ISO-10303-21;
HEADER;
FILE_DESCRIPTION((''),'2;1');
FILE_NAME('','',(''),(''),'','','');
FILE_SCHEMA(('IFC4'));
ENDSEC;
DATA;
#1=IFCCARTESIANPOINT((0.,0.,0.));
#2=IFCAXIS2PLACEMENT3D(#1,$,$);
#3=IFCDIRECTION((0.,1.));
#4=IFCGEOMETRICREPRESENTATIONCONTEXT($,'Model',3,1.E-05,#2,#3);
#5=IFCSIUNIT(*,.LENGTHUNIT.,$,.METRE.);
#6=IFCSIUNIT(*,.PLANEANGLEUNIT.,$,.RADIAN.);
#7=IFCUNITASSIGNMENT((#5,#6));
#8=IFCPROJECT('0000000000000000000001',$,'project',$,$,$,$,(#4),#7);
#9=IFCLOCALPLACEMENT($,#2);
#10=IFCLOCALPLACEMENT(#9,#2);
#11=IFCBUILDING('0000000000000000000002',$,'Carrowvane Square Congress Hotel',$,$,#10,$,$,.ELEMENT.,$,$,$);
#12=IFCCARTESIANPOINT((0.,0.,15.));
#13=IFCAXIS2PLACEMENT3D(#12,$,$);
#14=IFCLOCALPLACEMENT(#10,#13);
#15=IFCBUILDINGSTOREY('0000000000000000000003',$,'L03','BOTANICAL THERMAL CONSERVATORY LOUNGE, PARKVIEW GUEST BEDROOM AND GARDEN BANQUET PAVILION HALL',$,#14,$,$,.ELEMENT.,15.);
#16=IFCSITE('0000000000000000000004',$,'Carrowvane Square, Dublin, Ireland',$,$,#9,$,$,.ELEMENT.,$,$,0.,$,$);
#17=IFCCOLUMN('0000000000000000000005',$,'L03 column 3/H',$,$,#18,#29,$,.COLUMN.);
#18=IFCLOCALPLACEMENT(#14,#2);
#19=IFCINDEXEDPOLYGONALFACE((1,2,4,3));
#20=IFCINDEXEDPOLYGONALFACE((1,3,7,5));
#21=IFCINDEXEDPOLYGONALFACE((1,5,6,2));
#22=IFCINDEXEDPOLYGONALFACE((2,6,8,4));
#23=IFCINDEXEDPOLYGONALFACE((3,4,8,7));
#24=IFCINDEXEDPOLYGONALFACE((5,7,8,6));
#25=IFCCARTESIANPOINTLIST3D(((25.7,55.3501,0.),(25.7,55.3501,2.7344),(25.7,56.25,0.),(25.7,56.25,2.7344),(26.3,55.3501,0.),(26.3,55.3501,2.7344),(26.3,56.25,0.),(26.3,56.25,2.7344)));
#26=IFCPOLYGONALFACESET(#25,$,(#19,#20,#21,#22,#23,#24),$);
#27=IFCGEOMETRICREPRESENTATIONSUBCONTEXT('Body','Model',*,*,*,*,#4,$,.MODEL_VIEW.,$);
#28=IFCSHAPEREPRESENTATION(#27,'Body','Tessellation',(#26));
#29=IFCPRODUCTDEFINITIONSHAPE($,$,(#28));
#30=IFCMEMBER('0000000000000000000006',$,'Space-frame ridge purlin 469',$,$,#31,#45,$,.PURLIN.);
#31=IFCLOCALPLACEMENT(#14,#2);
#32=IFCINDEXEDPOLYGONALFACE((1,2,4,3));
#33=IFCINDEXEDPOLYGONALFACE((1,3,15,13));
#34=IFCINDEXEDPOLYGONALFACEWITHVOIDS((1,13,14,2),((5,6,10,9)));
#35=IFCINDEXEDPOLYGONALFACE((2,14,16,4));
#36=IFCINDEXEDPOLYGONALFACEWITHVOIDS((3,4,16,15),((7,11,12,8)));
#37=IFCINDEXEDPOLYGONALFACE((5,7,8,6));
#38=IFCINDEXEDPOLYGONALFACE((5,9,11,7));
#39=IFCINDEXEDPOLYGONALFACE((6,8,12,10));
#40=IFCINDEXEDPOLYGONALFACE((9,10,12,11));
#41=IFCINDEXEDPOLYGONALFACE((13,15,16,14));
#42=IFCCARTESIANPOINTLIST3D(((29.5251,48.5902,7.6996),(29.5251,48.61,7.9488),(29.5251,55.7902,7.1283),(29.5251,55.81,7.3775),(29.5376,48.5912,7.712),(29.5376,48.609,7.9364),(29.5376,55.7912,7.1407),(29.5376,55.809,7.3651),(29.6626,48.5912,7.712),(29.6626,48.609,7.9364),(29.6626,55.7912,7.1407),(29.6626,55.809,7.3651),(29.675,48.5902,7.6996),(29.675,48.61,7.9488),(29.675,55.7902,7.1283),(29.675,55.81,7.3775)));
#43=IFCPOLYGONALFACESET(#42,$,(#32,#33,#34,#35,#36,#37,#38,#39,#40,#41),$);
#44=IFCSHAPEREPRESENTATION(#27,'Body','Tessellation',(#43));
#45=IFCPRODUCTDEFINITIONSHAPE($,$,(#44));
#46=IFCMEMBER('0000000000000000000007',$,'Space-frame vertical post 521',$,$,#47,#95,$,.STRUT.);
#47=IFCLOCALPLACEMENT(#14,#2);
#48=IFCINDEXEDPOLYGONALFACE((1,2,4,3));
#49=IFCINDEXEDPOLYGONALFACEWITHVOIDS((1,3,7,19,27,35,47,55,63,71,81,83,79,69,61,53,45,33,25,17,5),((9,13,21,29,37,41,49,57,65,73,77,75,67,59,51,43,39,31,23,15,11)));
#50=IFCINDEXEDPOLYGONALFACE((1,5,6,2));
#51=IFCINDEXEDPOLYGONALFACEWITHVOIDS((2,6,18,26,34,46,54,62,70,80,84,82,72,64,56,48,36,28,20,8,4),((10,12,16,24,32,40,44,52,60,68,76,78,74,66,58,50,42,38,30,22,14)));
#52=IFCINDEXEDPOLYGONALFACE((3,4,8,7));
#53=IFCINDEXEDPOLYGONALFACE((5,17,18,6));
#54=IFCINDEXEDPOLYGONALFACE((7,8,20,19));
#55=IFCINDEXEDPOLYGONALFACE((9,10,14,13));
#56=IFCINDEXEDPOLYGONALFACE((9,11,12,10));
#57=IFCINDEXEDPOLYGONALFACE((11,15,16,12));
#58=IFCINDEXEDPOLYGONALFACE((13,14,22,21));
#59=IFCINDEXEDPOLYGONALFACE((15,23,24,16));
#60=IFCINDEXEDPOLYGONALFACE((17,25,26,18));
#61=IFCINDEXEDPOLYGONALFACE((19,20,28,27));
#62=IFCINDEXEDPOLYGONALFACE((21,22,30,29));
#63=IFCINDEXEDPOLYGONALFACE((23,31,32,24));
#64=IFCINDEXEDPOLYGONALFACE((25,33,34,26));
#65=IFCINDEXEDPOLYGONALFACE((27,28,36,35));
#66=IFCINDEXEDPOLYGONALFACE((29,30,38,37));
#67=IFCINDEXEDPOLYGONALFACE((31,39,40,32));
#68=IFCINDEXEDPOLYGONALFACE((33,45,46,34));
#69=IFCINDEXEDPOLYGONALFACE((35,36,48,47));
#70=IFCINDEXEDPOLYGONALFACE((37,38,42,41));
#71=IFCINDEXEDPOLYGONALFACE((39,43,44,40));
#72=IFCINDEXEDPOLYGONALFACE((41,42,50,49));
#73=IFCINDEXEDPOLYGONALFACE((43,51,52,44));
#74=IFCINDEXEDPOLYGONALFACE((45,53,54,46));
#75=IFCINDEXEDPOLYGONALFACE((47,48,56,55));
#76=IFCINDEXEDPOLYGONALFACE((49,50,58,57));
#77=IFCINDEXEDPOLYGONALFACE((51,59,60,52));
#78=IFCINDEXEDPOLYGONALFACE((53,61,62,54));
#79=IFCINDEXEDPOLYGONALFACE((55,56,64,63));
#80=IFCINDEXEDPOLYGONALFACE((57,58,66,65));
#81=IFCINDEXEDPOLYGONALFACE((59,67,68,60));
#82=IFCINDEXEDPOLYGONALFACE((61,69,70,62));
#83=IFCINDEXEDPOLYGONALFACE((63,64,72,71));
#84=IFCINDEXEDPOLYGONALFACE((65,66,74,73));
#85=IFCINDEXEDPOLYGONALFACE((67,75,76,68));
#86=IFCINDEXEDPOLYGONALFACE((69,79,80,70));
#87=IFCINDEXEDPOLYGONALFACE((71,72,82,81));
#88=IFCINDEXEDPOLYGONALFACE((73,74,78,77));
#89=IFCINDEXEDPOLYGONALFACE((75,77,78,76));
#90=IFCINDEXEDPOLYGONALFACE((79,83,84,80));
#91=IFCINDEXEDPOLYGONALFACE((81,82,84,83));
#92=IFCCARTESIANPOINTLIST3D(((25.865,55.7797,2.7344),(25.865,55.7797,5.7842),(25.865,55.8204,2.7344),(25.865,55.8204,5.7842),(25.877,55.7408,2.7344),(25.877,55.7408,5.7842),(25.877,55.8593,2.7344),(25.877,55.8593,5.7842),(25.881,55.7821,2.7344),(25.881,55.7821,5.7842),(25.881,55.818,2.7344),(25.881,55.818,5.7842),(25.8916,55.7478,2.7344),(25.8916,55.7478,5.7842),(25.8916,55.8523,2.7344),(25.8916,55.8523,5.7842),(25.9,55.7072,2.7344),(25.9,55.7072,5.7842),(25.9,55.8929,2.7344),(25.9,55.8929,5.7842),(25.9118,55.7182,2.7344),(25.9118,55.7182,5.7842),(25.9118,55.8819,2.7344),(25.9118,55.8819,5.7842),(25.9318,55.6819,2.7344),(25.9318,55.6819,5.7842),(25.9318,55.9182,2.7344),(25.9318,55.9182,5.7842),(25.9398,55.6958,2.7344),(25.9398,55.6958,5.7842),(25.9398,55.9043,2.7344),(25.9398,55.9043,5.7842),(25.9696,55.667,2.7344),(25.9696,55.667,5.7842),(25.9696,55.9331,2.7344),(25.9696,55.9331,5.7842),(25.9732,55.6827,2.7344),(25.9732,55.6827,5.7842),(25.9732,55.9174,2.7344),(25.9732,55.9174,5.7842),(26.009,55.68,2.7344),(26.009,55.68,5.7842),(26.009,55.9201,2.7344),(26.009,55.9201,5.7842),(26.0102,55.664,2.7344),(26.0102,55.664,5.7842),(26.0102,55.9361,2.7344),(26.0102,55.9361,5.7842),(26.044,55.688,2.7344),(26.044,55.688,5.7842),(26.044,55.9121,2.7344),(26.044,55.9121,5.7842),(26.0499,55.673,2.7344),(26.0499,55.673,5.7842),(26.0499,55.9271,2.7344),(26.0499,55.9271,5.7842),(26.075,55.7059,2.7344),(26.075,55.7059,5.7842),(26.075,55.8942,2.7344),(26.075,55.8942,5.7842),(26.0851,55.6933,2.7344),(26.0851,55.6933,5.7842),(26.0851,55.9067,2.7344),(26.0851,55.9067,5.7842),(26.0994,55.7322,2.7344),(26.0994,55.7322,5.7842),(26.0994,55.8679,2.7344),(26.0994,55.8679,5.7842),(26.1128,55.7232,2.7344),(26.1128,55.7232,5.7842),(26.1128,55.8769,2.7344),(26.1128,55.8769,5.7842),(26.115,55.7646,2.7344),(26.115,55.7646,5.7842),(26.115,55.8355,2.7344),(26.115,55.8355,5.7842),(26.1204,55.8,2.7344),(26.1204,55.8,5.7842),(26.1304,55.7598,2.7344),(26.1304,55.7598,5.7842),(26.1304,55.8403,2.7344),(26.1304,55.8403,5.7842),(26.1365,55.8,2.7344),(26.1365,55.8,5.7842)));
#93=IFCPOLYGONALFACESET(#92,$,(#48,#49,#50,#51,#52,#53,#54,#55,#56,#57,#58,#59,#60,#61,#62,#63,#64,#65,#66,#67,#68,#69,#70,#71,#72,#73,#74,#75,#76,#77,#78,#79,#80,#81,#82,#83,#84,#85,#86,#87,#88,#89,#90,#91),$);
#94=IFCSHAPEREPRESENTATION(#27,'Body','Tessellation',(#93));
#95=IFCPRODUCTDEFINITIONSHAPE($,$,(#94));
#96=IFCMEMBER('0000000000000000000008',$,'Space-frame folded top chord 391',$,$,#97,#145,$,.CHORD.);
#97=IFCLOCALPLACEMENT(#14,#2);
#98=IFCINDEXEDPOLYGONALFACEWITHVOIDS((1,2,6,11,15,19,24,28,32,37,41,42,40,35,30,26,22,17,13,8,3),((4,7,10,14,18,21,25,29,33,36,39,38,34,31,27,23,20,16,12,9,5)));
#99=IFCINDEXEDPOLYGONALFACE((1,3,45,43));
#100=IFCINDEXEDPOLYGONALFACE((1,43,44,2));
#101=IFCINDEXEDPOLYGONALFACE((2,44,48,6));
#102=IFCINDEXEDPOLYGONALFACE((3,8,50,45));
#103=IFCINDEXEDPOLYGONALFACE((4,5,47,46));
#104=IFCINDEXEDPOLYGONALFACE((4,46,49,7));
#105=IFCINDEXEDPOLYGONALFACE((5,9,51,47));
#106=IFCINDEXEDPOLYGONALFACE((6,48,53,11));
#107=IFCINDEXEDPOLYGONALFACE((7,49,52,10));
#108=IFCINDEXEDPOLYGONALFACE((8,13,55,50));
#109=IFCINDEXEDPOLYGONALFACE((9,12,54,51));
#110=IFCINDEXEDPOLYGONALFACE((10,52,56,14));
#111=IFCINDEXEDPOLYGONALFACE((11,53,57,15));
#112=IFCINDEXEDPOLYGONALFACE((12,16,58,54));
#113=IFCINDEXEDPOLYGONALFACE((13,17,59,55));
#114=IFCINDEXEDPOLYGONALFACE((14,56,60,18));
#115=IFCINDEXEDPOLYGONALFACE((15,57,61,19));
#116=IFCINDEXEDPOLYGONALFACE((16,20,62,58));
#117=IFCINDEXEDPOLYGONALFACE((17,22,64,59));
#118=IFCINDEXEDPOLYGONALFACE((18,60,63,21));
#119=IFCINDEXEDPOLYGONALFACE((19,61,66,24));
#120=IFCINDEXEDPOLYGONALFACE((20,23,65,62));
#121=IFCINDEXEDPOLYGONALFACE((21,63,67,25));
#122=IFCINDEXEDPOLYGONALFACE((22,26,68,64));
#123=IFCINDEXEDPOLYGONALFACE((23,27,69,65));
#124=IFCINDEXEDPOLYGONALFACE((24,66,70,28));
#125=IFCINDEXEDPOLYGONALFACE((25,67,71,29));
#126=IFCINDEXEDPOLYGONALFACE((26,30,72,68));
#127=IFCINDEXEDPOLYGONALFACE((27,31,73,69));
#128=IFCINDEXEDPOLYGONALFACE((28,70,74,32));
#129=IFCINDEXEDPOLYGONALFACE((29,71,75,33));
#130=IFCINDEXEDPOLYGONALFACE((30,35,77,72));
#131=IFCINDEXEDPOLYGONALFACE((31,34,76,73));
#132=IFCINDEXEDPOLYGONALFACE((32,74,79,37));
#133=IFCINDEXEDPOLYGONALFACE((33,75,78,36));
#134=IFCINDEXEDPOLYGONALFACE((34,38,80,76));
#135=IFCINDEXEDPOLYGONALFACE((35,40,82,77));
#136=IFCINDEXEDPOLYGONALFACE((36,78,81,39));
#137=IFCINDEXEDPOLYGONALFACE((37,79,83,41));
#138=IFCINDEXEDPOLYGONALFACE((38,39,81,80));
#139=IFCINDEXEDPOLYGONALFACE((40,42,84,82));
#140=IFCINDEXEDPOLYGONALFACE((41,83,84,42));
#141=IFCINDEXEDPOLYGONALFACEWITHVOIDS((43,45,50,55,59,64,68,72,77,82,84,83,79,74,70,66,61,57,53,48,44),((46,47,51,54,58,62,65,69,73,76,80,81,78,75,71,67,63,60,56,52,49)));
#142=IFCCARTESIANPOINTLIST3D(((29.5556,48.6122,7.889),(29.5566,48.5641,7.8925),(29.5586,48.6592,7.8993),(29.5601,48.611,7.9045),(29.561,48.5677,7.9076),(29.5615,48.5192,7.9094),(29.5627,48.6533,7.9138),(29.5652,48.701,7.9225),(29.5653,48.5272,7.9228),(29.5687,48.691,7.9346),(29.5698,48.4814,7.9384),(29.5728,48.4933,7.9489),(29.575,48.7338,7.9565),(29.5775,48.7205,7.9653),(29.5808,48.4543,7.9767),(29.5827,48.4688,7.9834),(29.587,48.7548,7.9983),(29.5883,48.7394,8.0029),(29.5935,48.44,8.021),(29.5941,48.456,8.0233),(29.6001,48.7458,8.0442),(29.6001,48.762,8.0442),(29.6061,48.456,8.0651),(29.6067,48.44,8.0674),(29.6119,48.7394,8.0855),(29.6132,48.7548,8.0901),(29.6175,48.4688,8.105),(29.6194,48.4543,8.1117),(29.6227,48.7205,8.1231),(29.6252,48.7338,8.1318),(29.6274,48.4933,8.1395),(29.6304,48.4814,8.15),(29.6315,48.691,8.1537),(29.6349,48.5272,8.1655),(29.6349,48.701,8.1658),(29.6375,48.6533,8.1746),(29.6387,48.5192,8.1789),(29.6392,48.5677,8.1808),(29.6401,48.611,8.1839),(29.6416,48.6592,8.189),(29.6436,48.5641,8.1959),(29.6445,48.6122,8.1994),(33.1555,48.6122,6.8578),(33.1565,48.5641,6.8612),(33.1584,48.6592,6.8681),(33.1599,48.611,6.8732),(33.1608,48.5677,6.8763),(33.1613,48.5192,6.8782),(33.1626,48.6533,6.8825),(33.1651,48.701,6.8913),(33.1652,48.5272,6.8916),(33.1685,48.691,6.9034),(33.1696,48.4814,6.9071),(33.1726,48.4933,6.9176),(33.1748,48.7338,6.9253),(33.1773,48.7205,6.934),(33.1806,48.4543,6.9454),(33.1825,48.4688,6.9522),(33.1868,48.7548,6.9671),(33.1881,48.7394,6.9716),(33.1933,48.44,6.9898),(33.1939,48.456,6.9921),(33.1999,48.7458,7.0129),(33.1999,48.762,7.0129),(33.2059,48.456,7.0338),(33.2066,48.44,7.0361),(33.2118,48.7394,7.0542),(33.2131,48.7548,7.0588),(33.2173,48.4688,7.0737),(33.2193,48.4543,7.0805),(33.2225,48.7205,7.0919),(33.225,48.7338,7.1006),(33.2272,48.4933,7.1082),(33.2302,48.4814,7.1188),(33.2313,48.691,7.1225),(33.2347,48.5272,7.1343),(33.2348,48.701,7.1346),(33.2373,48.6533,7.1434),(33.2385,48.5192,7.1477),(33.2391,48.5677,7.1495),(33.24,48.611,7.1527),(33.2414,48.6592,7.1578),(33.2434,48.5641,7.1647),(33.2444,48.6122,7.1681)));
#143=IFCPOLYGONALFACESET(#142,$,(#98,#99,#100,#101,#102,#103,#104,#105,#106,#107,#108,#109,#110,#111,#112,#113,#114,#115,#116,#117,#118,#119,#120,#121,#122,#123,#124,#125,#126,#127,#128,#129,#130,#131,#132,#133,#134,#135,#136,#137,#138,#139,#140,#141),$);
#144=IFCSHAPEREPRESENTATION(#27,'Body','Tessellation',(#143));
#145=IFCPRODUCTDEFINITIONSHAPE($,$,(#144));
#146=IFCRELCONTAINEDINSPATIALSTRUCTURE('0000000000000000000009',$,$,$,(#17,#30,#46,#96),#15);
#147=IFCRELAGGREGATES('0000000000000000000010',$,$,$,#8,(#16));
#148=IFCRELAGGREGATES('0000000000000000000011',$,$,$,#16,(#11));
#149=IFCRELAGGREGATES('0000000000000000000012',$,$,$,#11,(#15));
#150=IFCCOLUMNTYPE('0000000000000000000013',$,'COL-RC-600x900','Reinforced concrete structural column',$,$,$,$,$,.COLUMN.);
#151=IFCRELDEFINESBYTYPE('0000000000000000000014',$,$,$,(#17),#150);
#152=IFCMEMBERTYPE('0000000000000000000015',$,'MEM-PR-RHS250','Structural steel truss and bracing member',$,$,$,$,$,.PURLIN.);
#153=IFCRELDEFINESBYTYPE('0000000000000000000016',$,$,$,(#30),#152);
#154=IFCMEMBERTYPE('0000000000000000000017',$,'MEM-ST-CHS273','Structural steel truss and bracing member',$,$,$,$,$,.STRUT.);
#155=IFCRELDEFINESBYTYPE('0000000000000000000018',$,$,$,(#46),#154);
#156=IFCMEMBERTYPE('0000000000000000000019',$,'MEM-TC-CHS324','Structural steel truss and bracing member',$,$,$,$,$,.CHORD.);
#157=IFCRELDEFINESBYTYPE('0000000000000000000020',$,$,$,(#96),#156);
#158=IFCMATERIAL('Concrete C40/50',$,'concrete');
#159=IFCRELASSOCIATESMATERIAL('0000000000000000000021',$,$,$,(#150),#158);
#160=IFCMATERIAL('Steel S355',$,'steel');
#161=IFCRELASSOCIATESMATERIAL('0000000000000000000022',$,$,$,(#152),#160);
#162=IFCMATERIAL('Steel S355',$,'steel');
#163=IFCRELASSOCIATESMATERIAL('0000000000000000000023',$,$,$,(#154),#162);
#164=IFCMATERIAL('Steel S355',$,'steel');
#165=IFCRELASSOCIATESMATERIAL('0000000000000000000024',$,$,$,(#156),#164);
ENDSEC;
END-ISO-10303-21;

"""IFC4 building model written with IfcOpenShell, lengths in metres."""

from ifc_helpers import new_model, si_unit, direction, frame, origin, origin_2d, place, context, subcontext, project, spatial, rectangle, hollow_rectangle, hollow_circle, extrude, material, material_profile, profile_set, type_object, element, save


model = new_model("IFC4")

# Units and contexts
model_context = context("Model", 3, precision=1e-05, world=origin(), true_north=direction((0.0, 1.0)))
body_context = subcontext(model_context, "Body", "Model", "MODEL_VIEW")
ifc_project = project(units=[si_unit("LENGTHUNIT", "METRE"), si_unit("PLANEANGLEUNIT", "RADIAN")], contexts=[model_context])

# Site, building, storey
site_placement = place(None, origin())
site = spatial("IfcSite", under=ifc_project, at=site_placement, Name="Carrowvane Square, Dublin, Ireland", CompositionType="ELEMENT", RefElevation=0.0)
building_placement = place(site_placement, origin())
building = spatial("IfcBuilding", under=site, at=building_placement, Name="Carrowvane Square Congress Hotel", CompositionType="ELEMENT")
storey_placement = place(building_placement, frame((0.0, 0.0, 15.0)))
storey = spatial("IfcBuildingStorey", under=building, at=storey_placement, Name="L03", Description="BOTANICAL THERMAL CONSERVATORY LOUNGE, PARKVIEW GUEST BEDROOM AND GARDEN BANQUET PAVILION HALL", CompositionType="ELEMENT", Elevation=15.0)

# Column
ifc_material_1 = material(Name="Concrete C40/50", Category="concrete")
ifc_material_profile_1 = material_profile(ifc_material_1, rectangle(XDim=0.6001, YDim=0.8999, at=origin_2d()), Name="RC 600x900")
ifc_profile_set_1 = profile_set([ifc_material_profile_1], Name="Concrete C40/50")
column_type = type_object("IfcColumnType", Name="COL-RC-600x900", Description="Reinforced concrete structural column", PredefinedType="COLUMN", material=ifc_profile_set_1)
column_placement = place(storey_placement, frame((26.0, 55.8, 0.0), z_axis=(0.0, 0.0, 1.0), x_axis=(1.0, 0.0, 0.0)))
element("IfcColumn", 1, at=column_placement, inside=storey, type_object=column_type, Name="L03 column 3/H", PredefinedType="COLUMN", context=body_context, shape_type="SweptSolid", body=[
    extrude(rectangle(XDim=0.6001, YDim=0.8999, at=origin_2d()), origin(), (0.0, 0.0, 1.0), 2.7344),
])

# Members
ifc_material_2 = material(Name="Steel S355", Category="steel")
ifc_material_profile_2 = material_profile(ifc_material_2, hollow_rectangle(XDim=0.1499, YDim=0.25, WallThickness=0.0125, at=origin_2d()), Name="RHS 250x150x12.5")
ifc_profile_set_2 = profile_set([ifc_material_profile_2], Name="Steel S355")
member_type_1 = type_object("IfcMemberType", Name="MEM-PR-RHS250", Description="Structural steel truss and bracing member", PredefinedType="PURLIN", material=ifc_profile_set_2)
member_1_placement = place(storey_placement, frame((29.6001, 48.6001, 7.8242), z_axis=(0.0, 0.996867, -0.079098), x_axis=(-1.0, 0.0, 0.0)))
element("IfcMember", 2, at=member_1_placement, inside=storey, type_object=member_type_1, Name="Space-frame ridge purlin 469", PredefinedType="PURLIN", context=body_context, shape_type="SweptSolid", body=[
    extrude(hollow_rectangle(XDim=0.1499, YDim=0.25, WallThickness=0.0125, at=origin_2d()), origin(), (0.0, 0.0, 1.0), 7.2227),
])
ifc_material_3 = material(Name="Steel S355", Category="steel")
ifc_material_profile_3 = material_profile(ifc_material_3, hollow_circle(Radius=0.1365, WallThickness=0.0161, at=origin_2d()), Name="CHS 273.0x16")
ifc_profile_set_3 = profile_set([ifc_material_profile_3], Name="Steel S355")
member_type_2 = type_object("IfcMemberType", Name="MEM-ST-CHS273", Description="Structural steel truss and bracing member", PredefinedType="STRUT", material=ifc_profile_set_3)
member_2_placement = place(storey_placement, frame((26.0, 55.8, 2.7344), z_axis=(0.0, 0.0, 1.0), x_axis=(1.0, 0.0, 0.0)))
element("IfcMember", 3, at=member_2_placement, inside=storey, type_object=member_type_2, Name="Space-frame vertical post 521", PredefinedType="STRUT", context=body_context, shape_type="SweptSolid", body=[
    extrude(hollow_circle(Radius=0.1365, WallThickness=0.0161, at=origin_2d()), origin(), (0.0, 0.0, 1.0), 3.0498),
])
ifc_material_4 = material(Name="Steel S355", Category="steel")
ifc_material_profile_4 = material_profile(ifc_material_4, hollow_circle(Radius=0.1619, WallThickness=0.0161, at=origin_2d()), Name="CHS 323.9x16")
ifc_profile_set_4 = profile_set([ifc_material_profile_4], Name="Steel S355")
member_type_3 = type_object("IfcMemberType", Name="MEM-TC-CHS324", Description="Structural steel truss and bracing member", PredefinedType="CHORD", material=ifc_profile_set_4)
member_3_placement = place(storey_placement, frame((29.6001, 48.6001, 8.0442), z_axis=(0.961332, 0.0, -0.275393), x_axis=(0.0, 1.0, 0.0)))
element("IfcMember", 4, at=member_3_placement, inside=storey, type_object=member_type_3, Name="Space-frame folded top chord 391", PredefinedType="CHORD", context=body_context, shape_type="SweptSolid", body=[
    extrude(hollow_circle(Radius=0.1619, WallThickness=0.0161, at=origin_2d()), origin(), (0.0, 0.0, 1.0), 3.7446),
])

save(model, "model.ifc")
